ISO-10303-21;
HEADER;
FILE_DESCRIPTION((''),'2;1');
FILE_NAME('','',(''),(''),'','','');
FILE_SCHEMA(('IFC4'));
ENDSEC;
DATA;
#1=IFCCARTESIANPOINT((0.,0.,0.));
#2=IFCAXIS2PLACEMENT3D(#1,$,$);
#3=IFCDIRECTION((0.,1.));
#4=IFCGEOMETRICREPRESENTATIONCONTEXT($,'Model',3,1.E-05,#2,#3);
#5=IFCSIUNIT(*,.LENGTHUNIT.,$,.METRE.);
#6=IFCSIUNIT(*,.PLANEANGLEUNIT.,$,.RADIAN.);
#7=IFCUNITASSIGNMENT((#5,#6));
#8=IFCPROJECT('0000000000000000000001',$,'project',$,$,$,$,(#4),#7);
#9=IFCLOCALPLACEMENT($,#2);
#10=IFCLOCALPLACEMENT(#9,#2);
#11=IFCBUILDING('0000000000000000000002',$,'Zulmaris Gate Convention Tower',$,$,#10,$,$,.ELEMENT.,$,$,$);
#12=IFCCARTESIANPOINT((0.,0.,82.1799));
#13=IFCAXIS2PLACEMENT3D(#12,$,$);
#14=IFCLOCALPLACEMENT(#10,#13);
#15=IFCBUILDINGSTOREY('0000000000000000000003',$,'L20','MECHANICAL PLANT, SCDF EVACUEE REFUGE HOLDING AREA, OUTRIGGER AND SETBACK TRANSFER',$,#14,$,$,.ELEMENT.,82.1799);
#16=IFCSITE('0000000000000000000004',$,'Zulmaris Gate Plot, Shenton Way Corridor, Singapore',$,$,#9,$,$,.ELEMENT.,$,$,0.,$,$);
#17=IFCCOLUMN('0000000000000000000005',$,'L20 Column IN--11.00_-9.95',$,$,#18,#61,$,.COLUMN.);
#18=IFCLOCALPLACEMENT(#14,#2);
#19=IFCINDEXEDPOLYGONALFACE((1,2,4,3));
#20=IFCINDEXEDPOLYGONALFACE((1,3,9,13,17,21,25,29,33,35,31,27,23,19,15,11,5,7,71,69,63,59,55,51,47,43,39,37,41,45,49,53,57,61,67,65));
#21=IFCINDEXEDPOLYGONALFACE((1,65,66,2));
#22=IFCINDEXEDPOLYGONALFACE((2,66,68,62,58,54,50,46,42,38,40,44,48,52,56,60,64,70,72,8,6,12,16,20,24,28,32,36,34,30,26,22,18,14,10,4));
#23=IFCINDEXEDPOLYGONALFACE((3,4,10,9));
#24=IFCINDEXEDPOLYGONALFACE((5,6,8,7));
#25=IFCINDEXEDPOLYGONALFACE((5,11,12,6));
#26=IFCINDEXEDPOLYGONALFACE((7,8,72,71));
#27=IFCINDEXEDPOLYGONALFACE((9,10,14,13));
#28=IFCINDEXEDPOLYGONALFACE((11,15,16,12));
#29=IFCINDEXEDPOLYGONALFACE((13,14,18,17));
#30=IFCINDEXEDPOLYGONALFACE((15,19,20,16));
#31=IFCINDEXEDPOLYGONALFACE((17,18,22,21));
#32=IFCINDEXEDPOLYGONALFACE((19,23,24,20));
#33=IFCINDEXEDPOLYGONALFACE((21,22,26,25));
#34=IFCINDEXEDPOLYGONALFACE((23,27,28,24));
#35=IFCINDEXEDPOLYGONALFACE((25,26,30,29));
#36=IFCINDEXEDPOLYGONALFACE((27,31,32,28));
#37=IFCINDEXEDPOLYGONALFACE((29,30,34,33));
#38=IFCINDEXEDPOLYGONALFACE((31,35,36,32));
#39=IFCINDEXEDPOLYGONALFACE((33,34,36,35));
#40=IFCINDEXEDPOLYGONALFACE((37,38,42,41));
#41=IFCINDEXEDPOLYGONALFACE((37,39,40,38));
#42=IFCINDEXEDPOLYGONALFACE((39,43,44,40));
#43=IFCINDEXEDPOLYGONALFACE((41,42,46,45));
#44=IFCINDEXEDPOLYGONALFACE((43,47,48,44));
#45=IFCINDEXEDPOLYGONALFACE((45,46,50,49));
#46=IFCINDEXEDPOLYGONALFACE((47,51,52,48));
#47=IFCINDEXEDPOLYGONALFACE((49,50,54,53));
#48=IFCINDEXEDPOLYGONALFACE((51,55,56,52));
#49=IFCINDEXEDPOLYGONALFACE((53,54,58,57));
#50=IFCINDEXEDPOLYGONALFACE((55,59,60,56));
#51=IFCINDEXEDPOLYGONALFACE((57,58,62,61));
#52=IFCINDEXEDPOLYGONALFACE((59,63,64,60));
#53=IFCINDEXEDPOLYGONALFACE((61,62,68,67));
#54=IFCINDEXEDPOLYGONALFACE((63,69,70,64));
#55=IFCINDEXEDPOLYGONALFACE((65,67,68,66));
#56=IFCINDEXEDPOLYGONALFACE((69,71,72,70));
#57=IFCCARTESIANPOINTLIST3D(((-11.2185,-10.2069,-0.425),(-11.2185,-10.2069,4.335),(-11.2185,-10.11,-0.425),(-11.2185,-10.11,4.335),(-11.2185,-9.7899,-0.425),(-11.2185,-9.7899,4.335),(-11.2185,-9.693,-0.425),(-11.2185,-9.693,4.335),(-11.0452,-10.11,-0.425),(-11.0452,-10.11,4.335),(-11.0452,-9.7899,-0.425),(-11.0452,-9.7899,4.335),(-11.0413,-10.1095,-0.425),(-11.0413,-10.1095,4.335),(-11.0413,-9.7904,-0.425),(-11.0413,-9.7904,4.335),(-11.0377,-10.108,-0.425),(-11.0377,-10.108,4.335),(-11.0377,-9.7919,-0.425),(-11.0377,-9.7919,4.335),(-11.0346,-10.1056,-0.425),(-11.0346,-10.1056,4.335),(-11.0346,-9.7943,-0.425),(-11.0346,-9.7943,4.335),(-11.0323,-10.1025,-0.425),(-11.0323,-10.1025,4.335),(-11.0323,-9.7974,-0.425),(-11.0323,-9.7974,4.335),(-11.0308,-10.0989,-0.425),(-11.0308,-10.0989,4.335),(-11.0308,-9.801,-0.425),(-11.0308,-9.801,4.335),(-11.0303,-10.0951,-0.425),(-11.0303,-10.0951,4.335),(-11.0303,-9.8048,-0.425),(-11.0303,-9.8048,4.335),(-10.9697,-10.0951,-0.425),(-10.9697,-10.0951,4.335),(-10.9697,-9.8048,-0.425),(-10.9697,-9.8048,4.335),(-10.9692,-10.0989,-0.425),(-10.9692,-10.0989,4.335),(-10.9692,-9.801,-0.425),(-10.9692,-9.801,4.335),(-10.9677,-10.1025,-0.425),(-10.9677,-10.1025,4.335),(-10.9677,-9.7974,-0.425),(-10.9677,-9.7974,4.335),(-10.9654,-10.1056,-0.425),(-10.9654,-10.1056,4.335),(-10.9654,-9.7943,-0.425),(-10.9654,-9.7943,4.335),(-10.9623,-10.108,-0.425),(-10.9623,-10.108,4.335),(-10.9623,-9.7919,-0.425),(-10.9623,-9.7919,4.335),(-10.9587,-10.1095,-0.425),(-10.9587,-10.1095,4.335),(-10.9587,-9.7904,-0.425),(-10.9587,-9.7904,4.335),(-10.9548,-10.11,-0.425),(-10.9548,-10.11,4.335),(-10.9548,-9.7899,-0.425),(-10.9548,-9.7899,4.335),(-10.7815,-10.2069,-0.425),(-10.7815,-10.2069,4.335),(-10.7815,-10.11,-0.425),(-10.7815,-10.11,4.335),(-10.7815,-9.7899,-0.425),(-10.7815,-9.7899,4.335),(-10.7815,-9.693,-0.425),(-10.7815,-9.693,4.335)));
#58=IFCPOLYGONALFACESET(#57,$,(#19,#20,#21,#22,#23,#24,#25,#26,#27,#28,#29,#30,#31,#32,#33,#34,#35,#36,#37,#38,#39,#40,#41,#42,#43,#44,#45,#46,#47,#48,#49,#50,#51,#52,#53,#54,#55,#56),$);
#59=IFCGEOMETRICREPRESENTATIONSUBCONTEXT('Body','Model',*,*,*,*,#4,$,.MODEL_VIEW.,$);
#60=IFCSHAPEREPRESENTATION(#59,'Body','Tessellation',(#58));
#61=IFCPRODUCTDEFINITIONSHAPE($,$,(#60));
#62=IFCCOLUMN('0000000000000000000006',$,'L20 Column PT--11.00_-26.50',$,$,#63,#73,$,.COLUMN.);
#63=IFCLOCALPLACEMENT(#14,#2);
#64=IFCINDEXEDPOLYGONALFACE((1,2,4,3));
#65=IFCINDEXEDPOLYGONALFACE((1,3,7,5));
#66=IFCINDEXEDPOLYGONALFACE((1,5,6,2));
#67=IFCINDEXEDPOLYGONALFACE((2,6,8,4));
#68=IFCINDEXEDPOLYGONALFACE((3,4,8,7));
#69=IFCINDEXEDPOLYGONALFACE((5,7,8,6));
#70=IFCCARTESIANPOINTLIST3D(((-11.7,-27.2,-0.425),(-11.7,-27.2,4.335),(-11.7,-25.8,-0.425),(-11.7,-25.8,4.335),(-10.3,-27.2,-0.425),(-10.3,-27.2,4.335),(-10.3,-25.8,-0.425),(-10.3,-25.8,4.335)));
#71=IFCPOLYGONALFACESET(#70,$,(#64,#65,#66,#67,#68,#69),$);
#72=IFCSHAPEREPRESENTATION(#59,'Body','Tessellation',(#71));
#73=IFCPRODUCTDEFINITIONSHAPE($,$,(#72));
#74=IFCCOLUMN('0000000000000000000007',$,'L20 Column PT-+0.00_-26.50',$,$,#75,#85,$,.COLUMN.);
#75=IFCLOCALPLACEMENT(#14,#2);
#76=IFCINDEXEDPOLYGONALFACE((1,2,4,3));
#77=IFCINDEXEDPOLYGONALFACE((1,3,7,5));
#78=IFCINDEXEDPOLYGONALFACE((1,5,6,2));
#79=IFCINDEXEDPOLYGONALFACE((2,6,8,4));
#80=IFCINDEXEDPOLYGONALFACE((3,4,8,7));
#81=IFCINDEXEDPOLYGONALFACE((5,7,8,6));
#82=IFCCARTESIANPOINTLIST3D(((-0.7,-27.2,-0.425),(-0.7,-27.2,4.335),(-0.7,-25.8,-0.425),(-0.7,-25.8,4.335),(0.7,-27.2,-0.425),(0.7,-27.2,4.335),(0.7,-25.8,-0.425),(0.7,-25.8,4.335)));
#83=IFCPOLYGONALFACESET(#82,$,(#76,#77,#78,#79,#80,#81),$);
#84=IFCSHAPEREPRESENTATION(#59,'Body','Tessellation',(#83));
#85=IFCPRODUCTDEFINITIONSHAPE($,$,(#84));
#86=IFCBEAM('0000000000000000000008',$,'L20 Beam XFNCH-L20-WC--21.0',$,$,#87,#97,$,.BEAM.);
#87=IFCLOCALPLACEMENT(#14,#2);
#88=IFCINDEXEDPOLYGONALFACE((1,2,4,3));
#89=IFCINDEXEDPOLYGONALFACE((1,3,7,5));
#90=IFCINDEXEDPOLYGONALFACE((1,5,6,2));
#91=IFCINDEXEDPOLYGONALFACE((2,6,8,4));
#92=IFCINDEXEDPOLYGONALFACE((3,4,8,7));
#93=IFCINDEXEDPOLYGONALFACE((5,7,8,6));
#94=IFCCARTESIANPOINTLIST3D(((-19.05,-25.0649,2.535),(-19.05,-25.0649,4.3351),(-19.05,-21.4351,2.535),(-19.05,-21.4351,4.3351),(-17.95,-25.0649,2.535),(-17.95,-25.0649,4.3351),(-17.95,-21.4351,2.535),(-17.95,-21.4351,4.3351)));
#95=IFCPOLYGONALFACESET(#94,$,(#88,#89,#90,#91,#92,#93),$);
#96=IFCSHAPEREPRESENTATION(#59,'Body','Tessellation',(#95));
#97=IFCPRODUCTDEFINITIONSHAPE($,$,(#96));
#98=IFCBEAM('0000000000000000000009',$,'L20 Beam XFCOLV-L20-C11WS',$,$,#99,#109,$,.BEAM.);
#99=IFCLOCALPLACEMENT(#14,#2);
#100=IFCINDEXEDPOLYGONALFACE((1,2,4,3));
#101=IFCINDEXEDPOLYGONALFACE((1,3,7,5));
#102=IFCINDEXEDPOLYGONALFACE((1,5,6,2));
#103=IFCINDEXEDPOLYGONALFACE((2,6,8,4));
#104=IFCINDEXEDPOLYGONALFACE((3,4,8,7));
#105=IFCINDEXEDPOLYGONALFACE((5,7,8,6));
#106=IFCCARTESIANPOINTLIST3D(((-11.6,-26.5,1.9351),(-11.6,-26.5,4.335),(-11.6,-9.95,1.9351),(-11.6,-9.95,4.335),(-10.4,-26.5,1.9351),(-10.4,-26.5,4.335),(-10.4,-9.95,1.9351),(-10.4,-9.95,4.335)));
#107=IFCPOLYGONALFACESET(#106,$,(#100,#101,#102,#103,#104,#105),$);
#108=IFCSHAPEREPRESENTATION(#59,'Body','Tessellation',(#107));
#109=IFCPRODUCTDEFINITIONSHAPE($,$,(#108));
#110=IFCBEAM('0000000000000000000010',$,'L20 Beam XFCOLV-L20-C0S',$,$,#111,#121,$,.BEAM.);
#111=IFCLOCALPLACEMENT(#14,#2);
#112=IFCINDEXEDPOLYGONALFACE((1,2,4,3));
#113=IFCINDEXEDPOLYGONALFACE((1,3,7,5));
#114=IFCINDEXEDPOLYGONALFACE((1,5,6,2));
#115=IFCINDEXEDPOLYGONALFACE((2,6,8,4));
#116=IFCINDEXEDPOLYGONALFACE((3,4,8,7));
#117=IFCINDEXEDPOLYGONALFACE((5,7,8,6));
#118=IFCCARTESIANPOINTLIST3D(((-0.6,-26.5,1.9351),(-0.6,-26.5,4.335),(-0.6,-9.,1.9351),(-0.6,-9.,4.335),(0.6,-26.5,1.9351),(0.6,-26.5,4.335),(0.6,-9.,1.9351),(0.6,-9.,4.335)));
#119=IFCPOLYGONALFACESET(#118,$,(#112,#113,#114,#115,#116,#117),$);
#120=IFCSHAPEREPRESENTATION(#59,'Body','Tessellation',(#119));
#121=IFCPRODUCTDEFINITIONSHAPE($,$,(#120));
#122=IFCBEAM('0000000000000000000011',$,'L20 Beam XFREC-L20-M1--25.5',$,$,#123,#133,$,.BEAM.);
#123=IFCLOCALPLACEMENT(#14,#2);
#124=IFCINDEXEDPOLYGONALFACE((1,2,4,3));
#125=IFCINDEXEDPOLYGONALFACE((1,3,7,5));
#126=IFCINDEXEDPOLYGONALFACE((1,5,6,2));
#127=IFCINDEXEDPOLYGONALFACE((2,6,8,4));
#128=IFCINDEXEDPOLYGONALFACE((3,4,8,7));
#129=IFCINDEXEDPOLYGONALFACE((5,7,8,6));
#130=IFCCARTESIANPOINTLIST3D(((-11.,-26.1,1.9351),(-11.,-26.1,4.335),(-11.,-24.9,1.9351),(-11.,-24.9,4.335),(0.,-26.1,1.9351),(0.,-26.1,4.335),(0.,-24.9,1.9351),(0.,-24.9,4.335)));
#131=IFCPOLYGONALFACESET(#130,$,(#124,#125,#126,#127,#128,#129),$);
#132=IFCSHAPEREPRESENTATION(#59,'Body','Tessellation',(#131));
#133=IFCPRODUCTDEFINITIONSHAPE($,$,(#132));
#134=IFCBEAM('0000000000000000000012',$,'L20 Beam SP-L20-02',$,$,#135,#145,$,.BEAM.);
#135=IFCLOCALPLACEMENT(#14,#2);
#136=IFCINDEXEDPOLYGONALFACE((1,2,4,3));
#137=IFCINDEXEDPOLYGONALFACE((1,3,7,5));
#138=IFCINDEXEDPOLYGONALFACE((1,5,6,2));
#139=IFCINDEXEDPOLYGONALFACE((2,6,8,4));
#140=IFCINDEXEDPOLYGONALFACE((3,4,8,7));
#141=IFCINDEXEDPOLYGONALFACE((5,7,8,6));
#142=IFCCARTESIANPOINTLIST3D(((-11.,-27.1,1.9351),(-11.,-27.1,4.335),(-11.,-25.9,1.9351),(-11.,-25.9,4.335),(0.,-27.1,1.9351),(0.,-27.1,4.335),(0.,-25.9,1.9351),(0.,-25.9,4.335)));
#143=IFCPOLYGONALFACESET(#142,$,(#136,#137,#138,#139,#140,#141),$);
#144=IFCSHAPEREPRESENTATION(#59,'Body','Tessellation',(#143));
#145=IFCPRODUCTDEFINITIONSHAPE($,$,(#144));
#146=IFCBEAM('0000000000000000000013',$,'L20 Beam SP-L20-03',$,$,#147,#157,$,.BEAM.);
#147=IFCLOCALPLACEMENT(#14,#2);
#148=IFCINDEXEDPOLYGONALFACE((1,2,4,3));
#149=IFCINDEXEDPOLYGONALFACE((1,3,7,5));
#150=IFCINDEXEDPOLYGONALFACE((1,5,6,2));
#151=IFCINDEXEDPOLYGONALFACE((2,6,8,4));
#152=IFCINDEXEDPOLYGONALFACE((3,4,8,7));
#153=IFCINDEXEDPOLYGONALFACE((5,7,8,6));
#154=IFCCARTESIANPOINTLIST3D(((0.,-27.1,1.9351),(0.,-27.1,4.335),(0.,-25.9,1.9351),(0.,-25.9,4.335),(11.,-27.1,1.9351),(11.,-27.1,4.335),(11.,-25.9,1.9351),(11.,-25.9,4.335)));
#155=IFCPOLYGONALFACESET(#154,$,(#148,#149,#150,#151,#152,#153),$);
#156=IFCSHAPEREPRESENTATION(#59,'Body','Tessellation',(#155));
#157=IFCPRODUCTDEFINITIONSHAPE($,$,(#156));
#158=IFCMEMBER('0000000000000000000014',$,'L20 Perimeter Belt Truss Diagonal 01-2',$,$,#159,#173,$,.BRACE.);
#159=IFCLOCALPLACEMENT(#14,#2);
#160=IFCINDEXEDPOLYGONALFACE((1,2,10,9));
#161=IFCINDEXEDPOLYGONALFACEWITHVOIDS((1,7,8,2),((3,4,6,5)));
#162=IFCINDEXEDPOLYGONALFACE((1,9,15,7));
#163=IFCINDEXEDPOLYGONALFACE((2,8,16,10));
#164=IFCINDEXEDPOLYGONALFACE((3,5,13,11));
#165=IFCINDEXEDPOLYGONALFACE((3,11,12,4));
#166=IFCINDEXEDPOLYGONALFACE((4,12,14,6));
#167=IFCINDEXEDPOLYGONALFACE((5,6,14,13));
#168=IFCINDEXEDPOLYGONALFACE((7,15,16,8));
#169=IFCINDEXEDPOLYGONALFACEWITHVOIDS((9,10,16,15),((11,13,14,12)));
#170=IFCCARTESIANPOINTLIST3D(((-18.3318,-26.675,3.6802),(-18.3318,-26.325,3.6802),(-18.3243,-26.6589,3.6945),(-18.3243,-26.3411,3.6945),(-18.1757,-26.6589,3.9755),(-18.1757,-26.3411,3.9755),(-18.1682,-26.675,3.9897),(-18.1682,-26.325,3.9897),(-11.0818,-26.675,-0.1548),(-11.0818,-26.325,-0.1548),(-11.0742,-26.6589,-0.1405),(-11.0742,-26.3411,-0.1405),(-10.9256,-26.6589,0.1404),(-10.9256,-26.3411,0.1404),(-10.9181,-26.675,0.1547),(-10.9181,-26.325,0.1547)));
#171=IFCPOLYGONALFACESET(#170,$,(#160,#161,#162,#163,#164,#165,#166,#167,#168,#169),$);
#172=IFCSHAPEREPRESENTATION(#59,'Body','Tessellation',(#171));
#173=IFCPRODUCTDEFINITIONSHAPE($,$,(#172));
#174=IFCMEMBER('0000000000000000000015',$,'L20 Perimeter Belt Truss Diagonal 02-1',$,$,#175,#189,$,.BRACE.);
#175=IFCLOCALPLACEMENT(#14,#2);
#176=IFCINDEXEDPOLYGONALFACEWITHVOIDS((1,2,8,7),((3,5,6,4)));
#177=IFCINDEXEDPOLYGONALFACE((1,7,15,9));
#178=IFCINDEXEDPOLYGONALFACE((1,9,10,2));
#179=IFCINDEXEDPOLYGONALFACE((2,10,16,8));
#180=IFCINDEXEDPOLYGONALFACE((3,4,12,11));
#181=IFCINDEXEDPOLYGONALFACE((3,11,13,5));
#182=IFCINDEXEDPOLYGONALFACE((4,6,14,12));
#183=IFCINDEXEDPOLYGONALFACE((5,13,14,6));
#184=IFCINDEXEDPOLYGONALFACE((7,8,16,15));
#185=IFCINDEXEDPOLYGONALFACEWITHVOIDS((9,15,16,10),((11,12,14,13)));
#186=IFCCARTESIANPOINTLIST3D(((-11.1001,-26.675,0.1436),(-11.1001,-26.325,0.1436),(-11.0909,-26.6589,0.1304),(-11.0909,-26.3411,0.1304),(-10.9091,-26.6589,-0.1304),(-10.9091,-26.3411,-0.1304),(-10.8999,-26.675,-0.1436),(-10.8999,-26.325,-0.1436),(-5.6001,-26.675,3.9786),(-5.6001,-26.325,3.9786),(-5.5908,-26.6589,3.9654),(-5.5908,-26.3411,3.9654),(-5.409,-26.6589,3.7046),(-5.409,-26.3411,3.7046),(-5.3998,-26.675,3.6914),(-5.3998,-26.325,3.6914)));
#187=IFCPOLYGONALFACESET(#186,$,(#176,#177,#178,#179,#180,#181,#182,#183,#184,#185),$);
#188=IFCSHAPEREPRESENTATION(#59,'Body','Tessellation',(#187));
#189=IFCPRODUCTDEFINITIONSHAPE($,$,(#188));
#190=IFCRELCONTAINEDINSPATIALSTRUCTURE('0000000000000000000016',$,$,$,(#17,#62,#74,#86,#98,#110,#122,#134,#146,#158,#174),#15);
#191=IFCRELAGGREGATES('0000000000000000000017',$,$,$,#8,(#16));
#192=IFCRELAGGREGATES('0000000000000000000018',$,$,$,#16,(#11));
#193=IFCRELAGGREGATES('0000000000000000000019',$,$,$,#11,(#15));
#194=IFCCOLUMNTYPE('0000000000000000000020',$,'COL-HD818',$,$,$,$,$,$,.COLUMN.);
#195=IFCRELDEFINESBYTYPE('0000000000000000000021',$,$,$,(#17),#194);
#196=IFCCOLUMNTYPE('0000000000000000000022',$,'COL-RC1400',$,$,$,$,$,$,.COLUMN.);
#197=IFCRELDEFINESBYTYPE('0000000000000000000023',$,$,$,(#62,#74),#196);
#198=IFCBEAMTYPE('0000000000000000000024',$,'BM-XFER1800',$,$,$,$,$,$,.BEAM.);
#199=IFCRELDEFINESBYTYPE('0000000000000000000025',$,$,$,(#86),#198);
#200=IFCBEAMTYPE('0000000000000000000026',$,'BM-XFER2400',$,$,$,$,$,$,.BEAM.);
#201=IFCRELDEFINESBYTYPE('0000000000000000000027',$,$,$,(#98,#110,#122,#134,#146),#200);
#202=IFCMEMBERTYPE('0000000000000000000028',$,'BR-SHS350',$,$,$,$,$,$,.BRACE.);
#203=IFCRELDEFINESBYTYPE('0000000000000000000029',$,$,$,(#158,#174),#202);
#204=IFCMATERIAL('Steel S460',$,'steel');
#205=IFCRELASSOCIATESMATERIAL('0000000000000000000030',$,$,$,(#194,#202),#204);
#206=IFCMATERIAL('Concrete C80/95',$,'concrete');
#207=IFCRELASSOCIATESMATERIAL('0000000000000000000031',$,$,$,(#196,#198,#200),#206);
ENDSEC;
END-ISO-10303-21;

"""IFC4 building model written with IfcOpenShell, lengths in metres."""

from ifc_helpers import new_model, si_unit, direction, frame, origin, origin_2d, place, context, subcontext, project, spatial, rectangle, hollow_rectangle, i_section, extrude, material, material_profile, profile_set, type_object, element, save


model = new_model("IFC4")

# Units and contexts
model_context = context("Model", 3, precision=1e-05, world=origin(), true_north=direction((0.0, 1.0)))
body_context = subcontext(model_context, "Body", "Model", "MODEL_VIEW")
ifc_project = project(units=[si_unit("LENGTHUNIT", "METRE"), si_unit("PLANEANGLEUNIT", "RADIAN")], contexts=[model_context])

# Site, building, storey
site_placement = place(None, origin())
site = spatial("IfcSite", under=ifc_project, at=site_placement, Name="Zulmaris Gate Plot, Shenton Way Corridor, Singapore", CompositionType="ELEMENT", RefElevation=0.0)
building_placement = place(site_placement, origin())
building = spatial("IfcBuilding", under=site, at=building_placement, Name="Zulmaris Gate Convention Tower", CompositionType="ELEMENT")
storey_placement = place(building_placement, frame((0.0, 0.0, 82.1799)))
storey = spatial("IfcBuildingStorey", under=building, at=storey_placement, Name="L20", Description="MECHANICAL PLANT, SCDF EVACUEE REFUGE HOLDING AREA, OUTRIGGER AND SETBACK TRANSFER", CompositionType="ELEMENT", Elevation=82.1799)

# Columns
ifc_material_1 = material(Name="Steel S460", Category="steel")
ifc_material_profile_1 = material_profile(ifc_material_1, i_section(OverallWidth=0.437, OverallDepth=0.5139, WebThickness=0.0605, FlangeThickness=0.0969, FilletRadius=0.0149, at=origin_2d()), Name="HD 400x818")
ifc_profile_set_1 = profile_set([ifc_material_profile_1], Name="Steel S460")
column_type_1 = type_object("IfcColumnType", Name="COL-HD818", PredefinedType="COLUMN", material=ifc_profile_set_1)
column_placement = place(storey_placement, frame((-11.0, -9.95, -0.425), z_axis=(0.0, 0.0, 1.0), x_axis=(1.0, 0.0, 0.0)))
element("IfcColumn", 1, at=column_placement, inside=storey, type_object=column_type_1, Name="L20 Column IN--11.00_-9.95", PredefinedType="COLUMN", context=body_context, shape_type="SweptSolid", body=[
    extrude(i_section(OverallWidth=0.437, OverallDepth=0.5139, WebThickness=0.0605, FlangeThickness=0.0969, FilletRadius=0.0149, at=origin_2d()), origin(), (0.0, 0.0, 1.0), 4.76),
])
ifc_material_2 = material(Name="Concrete C80/95", Category="concrete")
ifc_material_profile_2 = material_profile(ifc_material_2, rectangle(XDim=1.3999, YDim=1.3999, at=origin_2d()), Name="RC COL 1400x1400")
ifc_profile_set_2 = profile_set([ifc_material_profile_2], Name="Concrete C80/95")
column_type_2 = type_object("IfcColumnType", Name="COL-RC1400", PredefinedType="COLUMN", material=ifc_profile_set_2)
for number, where, z_axis, x_axis, name in (
    (2, (-11.0, -26.5, -0.425), (0.0, 0.0, 1.0), (1.0, 0.0, 0.0), "L20 Column PT--11.00_-26.50"),
    (3, (0.0, -26.5, -0.425), (0.0, 0.0, 1.0), (1.0, 0.0, 0.0), "L20 Column PT-+0.00_-26.50"),
):
    element("IfcColumn", number, at=place(storey_placement, frame(where, z_axis=z_axis, x_axis=x_axis)), inside=storey, type_object=column_type_2, Name=name, PredefinedType="COLUMN", context=body_context, shape_type="SweptSolid", body=[
        extrude(rectangle(XDim=1.3999, YDim=1.3999, at=origin_2d()), origin(), (0.0, 0.0, 1.0), 4.76),
    ])

# Beams
ifc_material_profile_3 = material_profile(ifc_material_2, rectangle(XDim=1.1001, YDim=1.8, at=origin_2d()), Name="RC TRANSFER 1100x1800")
ifc_profile_set_3 = profile_set([ifc_material_profile_3], Name="Concrete C80/95")
beam_type_1 = type_object("IfcBeamType", Name="BM-XFER1800", PredefinedType="BEAM", material=ifc_profile_set_3)
beam_1_placement = place(storey_placement, frame((-18.5, -25.0649, 3.4351), z_axis=(0.0, 1.0, 0.0), x_axis=(-1.0, 0.0, 0.0)))
element("IfcBeam", 4, at=beam_1_placement, inside=storey, type_object=beam_type_1, Name="L20 Beam XFNCH-L20-WC--21.0", PredefinedType="BEAM", context=body_context, shape_type="SweptSolid", body=[
    extrude(rectangle(XDim=1.1001, YDim=1.8, at=origin_2d()), origin(), (0.0, 0.0, 1.0), 3.6299),
])
ifc_material_profile_4 = material_profile(ifc_material_2, rectangle(XDim=1.2, YDim=2.3999, at=origin_2d()), Name="RC TRANSFER 1200x2400")
ifc_profile_set_4 = profile_set([ifc_material_profile_4], Name="Concrete C80/95")
beam_type_2 = type_object("IfcBeamType", Name="BM-XFER2400", PredefinedType="BEAM", material=ifc_profile_set_4)
beam_2_placement = place(storey_placement, frame((-11.0, -26.5, 3.135), z_axis=(0.0, 1.0, 0.0), x_axis=(-1.0, 0.0, 0.0)))
element("IfcBeam", 5, at=beam_2_placement, inside=storey, type_object=beam_type_2, Name="L20 Beam XFCOLV-L20-C11WS", PredefinedType="BEAM", context=body_context, shape_type="SweptSolid", body=[
    extrude(rectangle(XDim=1.2, YDim=2.3999, at=origin_2d()), origin(), (0.0, 0.0, 1.0), 16.55),
])
beam_3_placement = place(storey_placement, frame((0.0, -26.5, 3.135), z_axis=(0.0, 1.0, 0.0), x_axis=(-1.0, 0.0, 0.0)))
element("IfcBeam", 6, at=beam_3_placement, inside=storey, type_object=beam_type_2, Name="L20 Beam XFCOLV-L20-C0S", PredefinedType="BEAM", context=body_context, shape_type="SweptSolid", body=[
    extrude(rectangle(XDim=1.2, YDim=2.3999, at=origin_2d()), origin(), (0.0, 0.0, 1.0), 17.5),
])
for number, where, z_axis, x_axis, name in (
    (7, (-11.0, -25.5, 3.135), (1.0, 0.0, 0.0), (0.0, 1.0, 0.0), "L20 Beam XFREC-L20-M1--25.5"),
    (8, (-11.0, -26.5, 3.135), (1.0, 0.0, 0.0), (0.0, 1.0, 0.0), "L20 Beam SP-L20-02"),
    (9, (0.0, -26.5, 3.135), (1.0, 0.0, 0.0), (0.0, 1.0, 0.0), "L20 Beam SP-L20-03"),
):
    element("IfcBeam", number, at=place(storey_placement, frame(where, z_axis=z_axis, x_axis=x_axis)), inside=storey, type_object=beam_type_2, Name=name, PredefinedType="BEAM", context=body_context, shape_type="SweptSolid", body=[
        extrude(rectangle(XDim=1.2, YDim=2.3999, at=origin_2d()), origin(), (0.0, 0.0, 1.0), 11.0),
    ])

# Members
ifc_material_profile_5 = material_profile(ifc_material_1, hollow_rectangle(XDim=0.3501, YDim=0.3501, WallThickness=0.0161, at=origin_2d()), Name="SHS 350x350x16")
ifc_profile_set_5 = profile_set([ifc_material_profile_5], Name="Steel S460")
member_type_1 = type_object("IfcMemberType", Name="BR-SHS350", PredefinedType="BRACE", material=ifc_profile_set_5)
member_placement = place(storey_placement, frame((-18.25, -26.5, 3.835), z_axis=(0.883953, 0.0, -0.467576), x_axis=(0.0, 1.0, 0.0)))
element("IfcMember", 10, at=member_placement, inside=storey, type_object=member_type_1, Name="L20 Perimeter Belt Truss Diagonal 01-2", PredefinedType="BRACE", context=body_context, shape_type="SweptSolid", body=[
    extrude(hollow_rectangle(XDim=0.3501, YDim=0.3501, WallThickness=0.0161, at=origin_2d()), origin(), (0.0, 0.0, 1.0), 8.2019),
])
for number, where, z_axis, x_axis, name in (
    (11, (-11.0, -26.5, 0.0), (0.820284, 0.0, 0.571956), (0.0, 1.0, 0.0), "L20 Perimeter Belt Truss Diagonal 02-1"),
):
    element("IfcMember", number, at=place(storey_placement, frame(where, z_axis=z_axis, x_axis=x_axis)), inside=storey, type_object=member_type_1, Name=name, PredefinedType="BRACE", context=body_context, shape_type="SweptSolid", body=[
        extrude(hollow_rectangle(XDim=0.3501, YDim=0.3501, WallThickness=0.0161, at=origin_2d()), origin(), (0.0, 0.0, 1.0), 6.7051),
    ])

save(model, "model.ifc")
